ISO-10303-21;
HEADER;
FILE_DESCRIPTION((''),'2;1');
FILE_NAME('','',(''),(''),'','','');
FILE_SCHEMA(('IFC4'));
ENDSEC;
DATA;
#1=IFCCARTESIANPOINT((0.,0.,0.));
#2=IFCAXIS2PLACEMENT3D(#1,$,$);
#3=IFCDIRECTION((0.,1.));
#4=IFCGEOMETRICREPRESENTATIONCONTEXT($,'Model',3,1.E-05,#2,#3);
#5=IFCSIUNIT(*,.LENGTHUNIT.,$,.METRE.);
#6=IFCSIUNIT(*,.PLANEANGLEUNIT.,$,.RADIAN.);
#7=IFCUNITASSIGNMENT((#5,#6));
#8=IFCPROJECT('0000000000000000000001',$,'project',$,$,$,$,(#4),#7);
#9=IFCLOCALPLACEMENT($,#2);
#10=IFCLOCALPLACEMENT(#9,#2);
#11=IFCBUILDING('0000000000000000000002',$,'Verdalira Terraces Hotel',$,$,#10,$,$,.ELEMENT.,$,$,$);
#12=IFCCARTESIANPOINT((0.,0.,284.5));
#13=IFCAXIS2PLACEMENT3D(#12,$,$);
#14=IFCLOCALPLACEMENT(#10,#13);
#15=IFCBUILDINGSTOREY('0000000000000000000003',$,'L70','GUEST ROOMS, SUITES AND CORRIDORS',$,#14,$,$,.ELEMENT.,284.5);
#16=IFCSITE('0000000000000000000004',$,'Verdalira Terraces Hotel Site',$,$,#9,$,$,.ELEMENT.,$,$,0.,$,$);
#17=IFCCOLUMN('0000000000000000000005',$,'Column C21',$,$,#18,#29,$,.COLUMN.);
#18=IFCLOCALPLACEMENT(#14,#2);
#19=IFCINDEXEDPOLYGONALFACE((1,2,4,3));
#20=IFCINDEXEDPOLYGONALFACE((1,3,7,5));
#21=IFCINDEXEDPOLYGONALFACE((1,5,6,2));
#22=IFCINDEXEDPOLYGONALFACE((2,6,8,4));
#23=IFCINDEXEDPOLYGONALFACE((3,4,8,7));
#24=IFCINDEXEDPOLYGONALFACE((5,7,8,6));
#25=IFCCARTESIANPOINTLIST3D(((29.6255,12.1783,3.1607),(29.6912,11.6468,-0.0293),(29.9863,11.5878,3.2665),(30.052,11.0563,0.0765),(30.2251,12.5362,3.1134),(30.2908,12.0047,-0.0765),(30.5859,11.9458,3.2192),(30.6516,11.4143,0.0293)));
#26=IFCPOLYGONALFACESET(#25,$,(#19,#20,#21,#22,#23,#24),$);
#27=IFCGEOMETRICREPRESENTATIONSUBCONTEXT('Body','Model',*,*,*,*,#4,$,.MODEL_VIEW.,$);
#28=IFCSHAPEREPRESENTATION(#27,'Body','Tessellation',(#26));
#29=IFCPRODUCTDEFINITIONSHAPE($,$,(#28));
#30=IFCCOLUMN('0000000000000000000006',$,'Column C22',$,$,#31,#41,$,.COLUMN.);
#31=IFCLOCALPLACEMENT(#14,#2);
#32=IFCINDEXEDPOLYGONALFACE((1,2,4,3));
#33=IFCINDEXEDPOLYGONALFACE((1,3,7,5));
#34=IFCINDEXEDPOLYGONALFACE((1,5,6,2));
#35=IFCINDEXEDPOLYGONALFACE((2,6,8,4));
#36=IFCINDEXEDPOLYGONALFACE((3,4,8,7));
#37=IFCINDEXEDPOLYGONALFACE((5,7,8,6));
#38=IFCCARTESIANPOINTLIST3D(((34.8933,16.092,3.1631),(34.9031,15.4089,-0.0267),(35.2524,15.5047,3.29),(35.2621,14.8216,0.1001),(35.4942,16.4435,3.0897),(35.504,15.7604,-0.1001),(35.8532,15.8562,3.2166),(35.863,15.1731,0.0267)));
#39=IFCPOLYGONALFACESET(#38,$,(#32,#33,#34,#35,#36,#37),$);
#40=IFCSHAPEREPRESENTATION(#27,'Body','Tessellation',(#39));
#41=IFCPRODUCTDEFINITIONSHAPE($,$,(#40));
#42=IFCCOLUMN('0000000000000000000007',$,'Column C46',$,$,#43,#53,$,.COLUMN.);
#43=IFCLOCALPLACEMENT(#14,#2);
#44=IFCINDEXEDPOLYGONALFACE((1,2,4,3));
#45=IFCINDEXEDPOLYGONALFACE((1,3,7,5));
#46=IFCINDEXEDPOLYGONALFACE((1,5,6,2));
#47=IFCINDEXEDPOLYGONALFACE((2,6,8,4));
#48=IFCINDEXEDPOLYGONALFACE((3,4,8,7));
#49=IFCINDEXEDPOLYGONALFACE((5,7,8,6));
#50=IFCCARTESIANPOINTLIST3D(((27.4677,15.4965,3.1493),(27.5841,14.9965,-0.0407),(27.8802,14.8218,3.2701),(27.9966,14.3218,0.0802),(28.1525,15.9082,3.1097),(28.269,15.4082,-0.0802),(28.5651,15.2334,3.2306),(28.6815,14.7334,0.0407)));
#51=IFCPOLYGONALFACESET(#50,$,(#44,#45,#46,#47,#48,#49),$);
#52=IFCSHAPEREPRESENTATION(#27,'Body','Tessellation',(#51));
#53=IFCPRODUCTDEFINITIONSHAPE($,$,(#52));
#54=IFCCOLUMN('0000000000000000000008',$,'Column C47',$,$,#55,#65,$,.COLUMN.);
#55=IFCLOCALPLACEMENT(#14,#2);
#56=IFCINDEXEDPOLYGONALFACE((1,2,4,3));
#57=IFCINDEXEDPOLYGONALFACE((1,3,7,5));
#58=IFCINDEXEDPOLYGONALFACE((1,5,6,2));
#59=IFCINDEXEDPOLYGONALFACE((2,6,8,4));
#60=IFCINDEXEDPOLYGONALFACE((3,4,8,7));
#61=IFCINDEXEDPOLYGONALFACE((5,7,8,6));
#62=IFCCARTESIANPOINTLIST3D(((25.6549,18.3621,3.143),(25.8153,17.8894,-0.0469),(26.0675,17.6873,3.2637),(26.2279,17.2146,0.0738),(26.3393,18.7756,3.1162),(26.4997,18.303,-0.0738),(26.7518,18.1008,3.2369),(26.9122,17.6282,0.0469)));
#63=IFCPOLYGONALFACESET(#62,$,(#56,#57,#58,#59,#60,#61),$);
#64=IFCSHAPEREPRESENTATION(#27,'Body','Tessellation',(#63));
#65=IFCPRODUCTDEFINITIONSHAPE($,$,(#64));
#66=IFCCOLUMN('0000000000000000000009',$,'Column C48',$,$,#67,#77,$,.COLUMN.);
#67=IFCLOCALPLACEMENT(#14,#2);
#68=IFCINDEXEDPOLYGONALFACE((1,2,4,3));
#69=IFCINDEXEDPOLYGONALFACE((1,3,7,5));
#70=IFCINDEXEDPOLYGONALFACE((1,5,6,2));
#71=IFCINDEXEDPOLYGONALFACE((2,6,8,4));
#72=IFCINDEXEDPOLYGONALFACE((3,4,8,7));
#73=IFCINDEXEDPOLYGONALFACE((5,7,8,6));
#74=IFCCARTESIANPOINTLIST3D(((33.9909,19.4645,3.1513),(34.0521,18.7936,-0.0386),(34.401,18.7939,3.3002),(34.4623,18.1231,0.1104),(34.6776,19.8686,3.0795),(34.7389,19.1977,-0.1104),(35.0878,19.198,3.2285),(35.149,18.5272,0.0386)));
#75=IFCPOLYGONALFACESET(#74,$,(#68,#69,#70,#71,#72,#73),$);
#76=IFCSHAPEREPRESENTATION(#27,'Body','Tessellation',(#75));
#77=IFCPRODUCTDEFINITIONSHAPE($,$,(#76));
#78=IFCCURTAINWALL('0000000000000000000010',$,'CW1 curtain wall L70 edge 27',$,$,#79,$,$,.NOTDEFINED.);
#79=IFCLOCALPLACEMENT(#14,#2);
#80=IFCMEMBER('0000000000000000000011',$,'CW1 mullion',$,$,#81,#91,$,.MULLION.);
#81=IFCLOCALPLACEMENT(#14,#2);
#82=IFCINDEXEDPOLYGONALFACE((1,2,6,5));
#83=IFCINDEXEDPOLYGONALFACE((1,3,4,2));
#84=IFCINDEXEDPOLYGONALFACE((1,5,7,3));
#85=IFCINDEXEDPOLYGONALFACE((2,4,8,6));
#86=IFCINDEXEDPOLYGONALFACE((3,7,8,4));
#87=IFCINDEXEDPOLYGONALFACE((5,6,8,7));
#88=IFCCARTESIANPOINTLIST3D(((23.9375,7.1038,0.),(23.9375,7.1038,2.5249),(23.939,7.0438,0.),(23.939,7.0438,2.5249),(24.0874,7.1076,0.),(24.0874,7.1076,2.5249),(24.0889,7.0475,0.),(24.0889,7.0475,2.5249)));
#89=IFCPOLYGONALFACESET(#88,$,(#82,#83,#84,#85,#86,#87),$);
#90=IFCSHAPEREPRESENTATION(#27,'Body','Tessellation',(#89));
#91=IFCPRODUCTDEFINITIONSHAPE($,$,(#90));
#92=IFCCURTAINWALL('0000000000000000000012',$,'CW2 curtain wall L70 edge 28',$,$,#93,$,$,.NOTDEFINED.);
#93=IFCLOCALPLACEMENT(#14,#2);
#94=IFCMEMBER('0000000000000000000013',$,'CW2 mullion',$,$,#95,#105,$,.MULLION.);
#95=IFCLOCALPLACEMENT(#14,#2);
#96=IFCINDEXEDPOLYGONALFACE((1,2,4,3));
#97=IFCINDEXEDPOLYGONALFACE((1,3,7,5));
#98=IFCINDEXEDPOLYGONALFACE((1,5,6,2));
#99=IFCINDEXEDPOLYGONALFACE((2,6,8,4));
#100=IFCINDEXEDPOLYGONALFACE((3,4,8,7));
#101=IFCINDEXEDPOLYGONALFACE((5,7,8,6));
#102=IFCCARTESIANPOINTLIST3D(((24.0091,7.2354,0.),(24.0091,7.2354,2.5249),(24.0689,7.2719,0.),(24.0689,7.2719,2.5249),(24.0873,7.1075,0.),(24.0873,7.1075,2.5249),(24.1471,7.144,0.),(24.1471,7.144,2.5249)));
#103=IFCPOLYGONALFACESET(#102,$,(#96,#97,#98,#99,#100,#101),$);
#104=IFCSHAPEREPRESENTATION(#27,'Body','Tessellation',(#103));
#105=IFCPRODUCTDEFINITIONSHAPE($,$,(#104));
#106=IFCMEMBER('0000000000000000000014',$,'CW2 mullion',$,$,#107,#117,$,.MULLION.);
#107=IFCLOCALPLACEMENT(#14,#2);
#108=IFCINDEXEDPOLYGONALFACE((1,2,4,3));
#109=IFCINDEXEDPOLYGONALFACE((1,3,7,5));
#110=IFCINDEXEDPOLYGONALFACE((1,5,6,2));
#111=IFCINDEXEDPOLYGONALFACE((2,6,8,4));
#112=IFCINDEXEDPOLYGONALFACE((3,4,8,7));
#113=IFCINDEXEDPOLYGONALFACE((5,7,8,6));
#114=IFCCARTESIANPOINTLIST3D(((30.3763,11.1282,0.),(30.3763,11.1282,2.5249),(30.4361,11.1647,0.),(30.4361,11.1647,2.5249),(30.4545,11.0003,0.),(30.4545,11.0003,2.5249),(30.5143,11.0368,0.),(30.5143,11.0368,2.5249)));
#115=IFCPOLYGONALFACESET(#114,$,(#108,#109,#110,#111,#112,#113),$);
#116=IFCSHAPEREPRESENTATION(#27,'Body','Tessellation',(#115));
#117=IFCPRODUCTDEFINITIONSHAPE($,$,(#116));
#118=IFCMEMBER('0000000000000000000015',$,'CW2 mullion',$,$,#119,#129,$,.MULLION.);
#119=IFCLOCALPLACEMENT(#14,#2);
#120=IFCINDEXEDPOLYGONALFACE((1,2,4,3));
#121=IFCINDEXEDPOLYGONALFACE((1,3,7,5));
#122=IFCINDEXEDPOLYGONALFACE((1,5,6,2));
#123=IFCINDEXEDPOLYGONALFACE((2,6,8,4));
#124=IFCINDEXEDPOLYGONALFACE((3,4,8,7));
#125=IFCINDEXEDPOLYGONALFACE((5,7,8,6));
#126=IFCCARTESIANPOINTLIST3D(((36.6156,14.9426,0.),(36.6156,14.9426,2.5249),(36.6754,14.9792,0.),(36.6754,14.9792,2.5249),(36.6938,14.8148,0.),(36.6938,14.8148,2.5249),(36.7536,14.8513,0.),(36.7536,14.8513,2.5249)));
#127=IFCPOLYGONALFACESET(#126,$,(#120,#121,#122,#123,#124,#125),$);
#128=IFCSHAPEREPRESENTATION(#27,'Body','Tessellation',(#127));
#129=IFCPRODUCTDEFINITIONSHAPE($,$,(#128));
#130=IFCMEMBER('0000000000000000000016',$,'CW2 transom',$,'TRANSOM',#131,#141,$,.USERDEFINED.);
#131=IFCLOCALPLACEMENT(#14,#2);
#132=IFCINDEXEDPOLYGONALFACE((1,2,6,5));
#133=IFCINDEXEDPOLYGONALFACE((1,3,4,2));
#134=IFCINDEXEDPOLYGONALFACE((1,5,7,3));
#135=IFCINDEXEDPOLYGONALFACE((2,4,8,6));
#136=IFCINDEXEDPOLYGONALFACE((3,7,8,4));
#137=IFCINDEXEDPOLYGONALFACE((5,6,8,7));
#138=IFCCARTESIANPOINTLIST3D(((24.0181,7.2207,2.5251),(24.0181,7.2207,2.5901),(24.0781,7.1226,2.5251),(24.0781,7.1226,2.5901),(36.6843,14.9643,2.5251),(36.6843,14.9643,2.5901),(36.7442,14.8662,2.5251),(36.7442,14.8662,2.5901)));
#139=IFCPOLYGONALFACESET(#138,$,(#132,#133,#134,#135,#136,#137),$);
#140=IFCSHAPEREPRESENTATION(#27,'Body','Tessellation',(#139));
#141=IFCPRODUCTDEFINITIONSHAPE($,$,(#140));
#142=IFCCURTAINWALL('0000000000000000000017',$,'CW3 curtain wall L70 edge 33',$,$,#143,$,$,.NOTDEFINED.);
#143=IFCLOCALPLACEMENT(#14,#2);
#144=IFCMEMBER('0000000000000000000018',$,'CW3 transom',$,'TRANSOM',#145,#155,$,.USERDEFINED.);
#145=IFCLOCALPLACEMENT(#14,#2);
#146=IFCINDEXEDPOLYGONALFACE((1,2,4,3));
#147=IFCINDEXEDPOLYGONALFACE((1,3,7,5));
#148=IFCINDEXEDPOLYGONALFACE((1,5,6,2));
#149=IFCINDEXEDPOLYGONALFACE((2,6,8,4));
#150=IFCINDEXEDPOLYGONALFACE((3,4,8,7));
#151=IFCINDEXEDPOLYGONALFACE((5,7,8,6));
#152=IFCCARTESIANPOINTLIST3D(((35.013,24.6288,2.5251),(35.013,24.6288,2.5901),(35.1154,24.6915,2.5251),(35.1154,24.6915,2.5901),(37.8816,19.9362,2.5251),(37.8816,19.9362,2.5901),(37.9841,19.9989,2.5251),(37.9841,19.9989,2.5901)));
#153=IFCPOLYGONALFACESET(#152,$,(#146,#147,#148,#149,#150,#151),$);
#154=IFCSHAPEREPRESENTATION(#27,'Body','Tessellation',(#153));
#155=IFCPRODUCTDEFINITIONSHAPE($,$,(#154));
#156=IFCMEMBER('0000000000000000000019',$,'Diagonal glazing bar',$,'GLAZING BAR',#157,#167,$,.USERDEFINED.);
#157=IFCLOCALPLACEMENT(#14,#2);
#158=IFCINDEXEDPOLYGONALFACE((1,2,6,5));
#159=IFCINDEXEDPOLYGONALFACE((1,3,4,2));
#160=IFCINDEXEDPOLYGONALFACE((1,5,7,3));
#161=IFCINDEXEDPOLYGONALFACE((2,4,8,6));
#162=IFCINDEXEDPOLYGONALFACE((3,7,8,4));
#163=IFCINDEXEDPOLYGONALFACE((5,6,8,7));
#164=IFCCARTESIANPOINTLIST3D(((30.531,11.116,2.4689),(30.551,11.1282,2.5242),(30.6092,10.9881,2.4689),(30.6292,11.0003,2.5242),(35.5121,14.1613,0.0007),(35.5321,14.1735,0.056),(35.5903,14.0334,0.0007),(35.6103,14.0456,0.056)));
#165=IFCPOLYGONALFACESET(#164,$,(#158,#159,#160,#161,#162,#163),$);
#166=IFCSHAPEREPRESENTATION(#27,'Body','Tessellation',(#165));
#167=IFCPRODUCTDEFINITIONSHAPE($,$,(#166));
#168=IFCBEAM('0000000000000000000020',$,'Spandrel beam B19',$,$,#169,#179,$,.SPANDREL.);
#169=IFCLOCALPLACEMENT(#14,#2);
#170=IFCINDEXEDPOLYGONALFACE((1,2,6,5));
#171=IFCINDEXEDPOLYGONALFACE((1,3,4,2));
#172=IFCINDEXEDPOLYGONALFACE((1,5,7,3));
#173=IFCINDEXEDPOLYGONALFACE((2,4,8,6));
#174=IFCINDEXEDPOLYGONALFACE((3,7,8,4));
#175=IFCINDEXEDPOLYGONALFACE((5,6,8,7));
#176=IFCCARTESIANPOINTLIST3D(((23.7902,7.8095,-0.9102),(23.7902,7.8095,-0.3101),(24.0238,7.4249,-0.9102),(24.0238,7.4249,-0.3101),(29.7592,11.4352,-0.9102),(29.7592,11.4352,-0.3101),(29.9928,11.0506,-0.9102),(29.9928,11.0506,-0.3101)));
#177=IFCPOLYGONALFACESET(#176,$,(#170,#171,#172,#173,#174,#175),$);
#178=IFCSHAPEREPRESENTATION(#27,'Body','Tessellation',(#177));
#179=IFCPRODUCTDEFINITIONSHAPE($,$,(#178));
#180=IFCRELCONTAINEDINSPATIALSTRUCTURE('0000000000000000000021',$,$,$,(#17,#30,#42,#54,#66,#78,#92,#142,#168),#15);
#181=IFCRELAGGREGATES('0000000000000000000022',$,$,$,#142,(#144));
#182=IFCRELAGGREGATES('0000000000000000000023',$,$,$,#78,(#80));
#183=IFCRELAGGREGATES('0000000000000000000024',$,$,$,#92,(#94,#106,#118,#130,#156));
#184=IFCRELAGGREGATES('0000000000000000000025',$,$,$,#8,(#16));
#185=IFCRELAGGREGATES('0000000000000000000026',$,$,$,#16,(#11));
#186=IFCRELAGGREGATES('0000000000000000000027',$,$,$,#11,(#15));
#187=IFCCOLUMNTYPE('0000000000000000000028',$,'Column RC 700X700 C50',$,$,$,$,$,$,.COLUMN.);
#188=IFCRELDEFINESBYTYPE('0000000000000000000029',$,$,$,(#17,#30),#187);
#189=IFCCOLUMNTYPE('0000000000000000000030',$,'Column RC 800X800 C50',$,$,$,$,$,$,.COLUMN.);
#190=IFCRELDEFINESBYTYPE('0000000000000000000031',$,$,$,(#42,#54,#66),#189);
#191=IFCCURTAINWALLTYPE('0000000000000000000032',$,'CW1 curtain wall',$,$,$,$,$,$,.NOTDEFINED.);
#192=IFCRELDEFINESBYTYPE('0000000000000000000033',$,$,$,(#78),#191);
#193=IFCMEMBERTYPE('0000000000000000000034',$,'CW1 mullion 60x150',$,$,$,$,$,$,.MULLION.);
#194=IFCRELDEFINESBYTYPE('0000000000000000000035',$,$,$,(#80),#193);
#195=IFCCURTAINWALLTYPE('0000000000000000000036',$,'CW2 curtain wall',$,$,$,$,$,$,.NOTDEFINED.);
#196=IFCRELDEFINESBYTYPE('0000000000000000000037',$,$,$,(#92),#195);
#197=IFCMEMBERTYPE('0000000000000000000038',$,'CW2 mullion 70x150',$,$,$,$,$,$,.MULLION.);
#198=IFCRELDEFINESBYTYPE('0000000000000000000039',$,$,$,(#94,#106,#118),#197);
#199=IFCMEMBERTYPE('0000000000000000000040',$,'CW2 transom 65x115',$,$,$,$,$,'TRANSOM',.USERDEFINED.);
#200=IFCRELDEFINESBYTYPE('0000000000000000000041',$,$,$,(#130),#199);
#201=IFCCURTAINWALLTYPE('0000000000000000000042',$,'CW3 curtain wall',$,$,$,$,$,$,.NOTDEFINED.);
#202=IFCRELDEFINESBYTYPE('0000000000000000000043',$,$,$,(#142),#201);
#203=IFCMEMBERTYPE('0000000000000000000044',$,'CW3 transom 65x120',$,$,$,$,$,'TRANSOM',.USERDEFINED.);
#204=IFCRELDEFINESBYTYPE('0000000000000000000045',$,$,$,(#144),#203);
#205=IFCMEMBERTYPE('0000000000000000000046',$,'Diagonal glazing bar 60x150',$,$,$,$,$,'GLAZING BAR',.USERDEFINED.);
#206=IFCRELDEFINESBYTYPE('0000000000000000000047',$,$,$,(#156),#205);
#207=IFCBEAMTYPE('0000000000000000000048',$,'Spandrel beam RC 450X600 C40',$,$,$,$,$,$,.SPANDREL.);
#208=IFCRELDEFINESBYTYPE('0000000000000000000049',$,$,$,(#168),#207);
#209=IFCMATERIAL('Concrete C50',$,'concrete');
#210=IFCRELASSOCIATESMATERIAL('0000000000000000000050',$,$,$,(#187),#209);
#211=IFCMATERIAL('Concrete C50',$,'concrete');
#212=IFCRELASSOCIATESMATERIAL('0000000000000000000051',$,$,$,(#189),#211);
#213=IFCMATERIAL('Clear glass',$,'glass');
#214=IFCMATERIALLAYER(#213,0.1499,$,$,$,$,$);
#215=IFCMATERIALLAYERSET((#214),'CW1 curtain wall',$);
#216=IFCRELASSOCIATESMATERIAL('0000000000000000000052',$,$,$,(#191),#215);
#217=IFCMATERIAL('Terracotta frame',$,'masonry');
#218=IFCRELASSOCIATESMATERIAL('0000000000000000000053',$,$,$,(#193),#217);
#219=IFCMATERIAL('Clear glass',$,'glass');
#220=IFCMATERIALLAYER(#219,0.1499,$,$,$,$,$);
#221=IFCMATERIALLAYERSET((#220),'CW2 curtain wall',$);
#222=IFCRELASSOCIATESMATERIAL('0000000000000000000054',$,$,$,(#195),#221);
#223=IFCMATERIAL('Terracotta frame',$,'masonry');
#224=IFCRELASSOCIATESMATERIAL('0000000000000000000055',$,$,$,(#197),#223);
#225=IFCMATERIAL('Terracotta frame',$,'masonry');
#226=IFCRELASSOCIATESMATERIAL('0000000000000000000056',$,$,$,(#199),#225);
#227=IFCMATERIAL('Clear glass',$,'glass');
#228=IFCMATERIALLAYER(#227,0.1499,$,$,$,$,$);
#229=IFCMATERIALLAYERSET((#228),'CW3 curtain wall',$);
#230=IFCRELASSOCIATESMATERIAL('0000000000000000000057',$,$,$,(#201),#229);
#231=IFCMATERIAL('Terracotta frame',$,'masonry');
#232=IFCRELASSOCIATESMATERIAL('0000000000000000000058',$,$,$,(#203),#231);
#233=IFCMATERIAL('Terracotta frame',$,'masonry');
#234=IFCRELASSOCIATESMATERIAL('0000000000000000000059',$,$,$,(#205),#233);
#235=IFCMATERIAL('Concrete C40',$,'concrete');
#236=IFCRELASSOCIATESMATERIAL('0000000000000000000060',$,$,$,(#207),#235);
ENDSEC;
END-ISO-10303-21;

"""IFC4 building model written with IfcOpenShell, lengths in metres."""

from ifc_helpers import new_model, si_unit, direction, frame, origin, origin_2d, place, context, subcontext, project, spatial, rectangle, extrude, material, layer, layer_set, material_profile, profile_set, type_object, element, aggregate, save


model = new_model("IFC4")

# Units and contexts
model_context = context("Model", 3, precision=1e-05, world=origin(), true_north=direction((0.0, 1.0)))
body_context = subcontext(model_context, "Body", "Model", "MODEL_VIEW")
ifc_project = project(units=[si_unit("LENGTHUNIT", "METRE"), si_unit("PLANEANGLEUNIT", "RADIAN")], contexts=[model_context])

# Site, building, storey
site_placement = place(None, origin())
site = spatial("IfcSite", under=ifc_project, at=site_placement, Name="Verdalira Terraces Hotel Site", CompositionType="ELEMENT", RefElevation=0.0)
building_placement = place(site_placement, origin())
building = spatial("IfcBuilding", under=site, at=building_placement, Name="Verdalira Terraces Hotel", CompositionType="ELEMENT")
storey_placement = place(building_placement, frame((0.0, 0.0, 284.5)))
storey = spatial("IfcBuildingStorey", under=building, at=storey_placement, Name="L70", Description="GUEST ROOMS, SUITES AND CORRIDORS", CompositionType="ELEMENT", Elevation=284.5)

# Columns
ifc_material_1 = material(Name="Concrete C50", Category="concrete")
ifc_material_profile_1 = material_profile(ifc_material_1, rectangle(XDim=0.7, YDim=0.7, at=origin_2d()), Name="RC 700X700")
ifc_profile_set_1 = profile_set([ifc_material_profile_1], Name="Concrete C50")
column_type_1 = type_object("IfcColumnType", Name="Column RC 700X700 C50", PredefinedType="COLUMN", material=ifc_profile_set_1)
column_1_placement = place(storey_placement, frame((30.1714, 11.5305, 0.0), z_axis=(-0.020304, 0.164316, 0.986199), x_axis=(0.856693, 0.511382, -0.067567)))
element("IfcColumn", 1, at=column_1_placement, inside=storey, type_object=column_type_1, Name="Column C21", PredefinedType="COLUMN", context=body_context, shape_type="SweptSolid", body=[
    extrude(rectangle(XDim=0.7, YDim=0.7, at=origin_2d()), origin(), (0.0, 0.0, 1.0), 3.2346),
])
column_2_placement = place(storey_placement, frame((35.3831, 15.291, 0.0), z_axis=(-0.002993, 0.209395, 0.977826), x_axis=(0.858418, 0.502111, -0.104896)))
element("IfcColumn", 2, at=column_2_placement, inside=storey, type_object=column_type_1, Name="Column C22", PredefinedType="COLUMN", context=body_context, shape_type="SweptSolid", body=[
    extrude(rectangle(XDim=0.7, YDim=0.7, at=origin_2d()), origin(), (0.0, 0.0, 1.0), 3.2622),
])
ifc_material_2 = material(Name="Concrete C50", Category="concrete")
ifc_material_profile_2 = material_profile(ifc_material_2, rectangle(XDim=0.8, YDim=0.8, at=origin_2d()), Name="RC 800X800")
ifc_profile_set_2 = profile_set([ifc_material_profile_2], Name="Concrete C50")
column_type_2 = type_object("IfcColumnType", Name="Column RC 800X800 C50", PredefinedType="COLUMN", material=ifc_profile_set_2)
column_3_placement = place(storey_placement, frame((28.1328, 14.865, 0.0), z_axis=(-0.036043, 0.154751, 0.987296), x_axis=(0.856048, 0.51453, -0.049397)))
element("IfcColumn", 3, at=column_3_placement, inside=storey, type_object=column_type_2, Name="Column C46", PredefinedType="COLUMN", context=body_context, shape_type="SweptSolid", body=[
    extrude(rectangle(XDim=0.8, YDim=0.8, at=origin_2d()), origin(), (0.0, 0.0, 1.0), 3.231),
])
column_4_placement = place(storey_placement, frame((26.3638, 17.7588, 0.0), z_axis=(-0.049679, 0.14639, 0.987979), x_axis=(0.855377, 0.516917, -0.033581)))
element("IfcColumn", 4, at=column_4_placement, inside=storey, type_object=column_type_2, Name="Column C47", PredefinedType="COLUMN", context=body_context, shape_type="SweptSolid", body=[
    extrude(rectangle(XDim=0.8, YDim=0.8, at=origin_2d()), origin(), (0.0, 0.0, 1.0), 3.2288),
])
column_5_placement = place(storey_placement, frame((34.6006, 18.6604, 0.0), z_axis=(-0.018796, 0.205778, 0.978418), x_axis=(0.858388, 0.50509, -0.089739)))
element("IfcColumn", 5, at=column_5_placement, inside=storey, type_object=column_type_2, Name="Column C48", PredefinedType="COLUMN", context=body_context, shape_type="SweptSolid", body=[
    extrude(rectangle(XDim=0.8, YDim=0.8, at=origin_2d()), origin(), (0.0, 0.0, 1.0), 3.2603),
])

# Curtain wall, member
ifc_material_3 = material(Name="Clear glass", Category="glass")
ifc_layer_1 = layer(ifc_material_3, 0.1499)
ifc_layer_set_1 = layer_set([ifc_layer_1], Name="CW1 curtain wall")
curtain_wall_type_1 = type_object("IfcCurtainWallType", Name="CW1 curtain wall", PredefinedType="NOTDEFINED", material=ifc_layer_set_1)
curtain_wall_1_placement = place(storey_placement, origin())
curtain_wall_1 = element("IfcCurtainWall", 6, at=curtain_wall_1_placement, inside=storey, type_object=curtain_wall_type_1, Name="CW1 curtain wall L70 edge 27", PredefinedType="NOTDEFINED")
ifc_material_4 = material(Name="Terracotta frame", Category="masonry")
ifc_material_profile_3 = material_profile(ifc_material_4, rectangle(XDim=0.0601, YDim=0.1499, at=origin_2d()), Name="MU 60x150")
ifc_profile_set_3 = profile_set([ifc_material_profile_3], Name="Terracotta frame")
member_type_1 = type_object("IfcMemberType", Name="CW1 mullion 60x150", PredefinedType="MULLION", material=ifc_profile_set_3)
member_1_placement = place(storey_placement, frame((24.0132, 7.0757, 0.0), z_axis=(0.0, 0.0, 1.0), x_axis=(-0.02513, 0.999684, 0.0)))
member_1 = element("IfcMember", 7, at=member_1_placement, type_object=member_type_1, Name="CW1 mullion", PredefinedType="MULLION", context=body_context, shape_type="SweptSolid", body=[
    extrude(rectangle(XDim=0.0601, YDim=0.1499, at=origin_2d()), origin(), (0.0, 0.0, 1.0), 2.5249),
])

# Curtain wall, members
ifc_material_5 = material(Name="Clear glass", Category="glass")
ifc_layer_2 = layer(ifc_material_5, 0.1499)
ifc_layer_set_2 = layer_set([ifc_layer_2], Name="CW2 curtain wall")
curtain_wall_type_2 = type_object("IfcCurtainWallType", Name="CW2 curtain wall", PredefinedType="NOTDEFINED", material=ifc_layer_set_2)
curtain_wall_2_placement = place(storey_placement, origin())
curtain_wall_2 = element("IfcCurtainWall", 8, at=curtain_wall_2_placement, inside=storey, type_object=curtain_wall_type_2, Name="CW2 curtain wall L70 edge 28", PredefinedType="NOTDEFINED")
ifc_material_6 = material(Name="Terracotta frame", Category="masonry")
ifc_material_profile_4 = material_profile(ifc_material_6, rectangle(XDim=0.0701, YDim=0.1499, at=origin_2d()), Name="MU 70x150")
ifc_profile_set_4 = profile_set([ifc_material_profile_4], Name="Terracotta frame")
member_type_2 = type_object("IfcMemberType", Name="CW2 mullion 70x150", PredefinedType="MULLION", material=ifc_profile_set_4)
member_2_placement = place(storey_placement, frame((24.0781, 7.1897, 0.0), z_axis=(0.0, 0.0, 1.0), x_axis=(0.853187, 0.521605, 0.0)))
member_2 = element("IfcMember", 9, at=member_2_placement, type_object=member_type_2, Name="CW2 mullion", PredefinedType="MULLION", context=body_context, shape_type="SweptSolid", body=[
    extrude(rectangle(XDim=0.0701, YDim=0.1499, at=origin_2d()), origin(), (0.0, 0.0, 1.0), 2.5249),
])
member_3_placement = place(storey_placement, frame((30.4453, 11.0825, 0.0), z_axis=(0.0, 0.0, 1.0), x_axis=(0.853187, 0.521605, 0.0)))
member_3 = element("IfcMember", 10, at=member_3_placement, type_object=member_type_2, Name="CW2 mullion", PredefinedType="MULLION", context=body_context, shape_type="SweptSolid", body=[
    extrude(rectangle(XDim=0.0701, YDim=0.1499, at=origin_2d()), origin(), (0.0, 0.0, 1.0), 2.5249),
])
member_4_placement = place(storey_placement, frame((36.6846, 14.897, 0.0), z_axis=(0.0, 0.0, 1.0), x_axis=(0.853187, 0.521605, 0.0)))
member_4 = element("IfcMember", 11, at=member_4_placement, type_object=member_type_2, Name="CW2 mullion", PredefinedType="MULLION", context=body_context, shape_type="SweptSolid", body=[
    extrude(rectangle(XDim=0.0701, YDim=0.1499, at=origin_2d()), origin(), (0.0, 0.0, 1.0), 2.5249),
])
ifc_material_7 = material(Name="Terracotta frame", Category="masonry")
ifc_material_profile_5 = material_profile(ifc_material_7, rectangle(XDim=0.115, YDim=0.0649, at=origin_2d()), Name="TR 65x115")
ifc_profile_set_5 = profile_set([ifc_material_profile_5], Name="Terracotta frame")
member_type_3 = type_object("IfcMemberType", Name="CW2 transom 65x115", ElementType="TRANSOM", PredefinedType="USERDEFINED", material=ifc_profile_set_5)
member_5_placement = place(storey_placement, frame((24.0481, 7.1716, 2.5576), z_axis=(0.853187, 0.521605, 0.0), x_axis=(-0.521605, 0.853187, 0.0)))
member_5 = element("IfcMember", 12, at=member_5_placement, type_object=member_type_3, Name="CW2 transom", ObjectType="TRANSOM", PredefinedType="USERDEFINED", context=body_context, shape_type="SweptSolid", body=[
    extrude(rectangle(XDim=0.115, YDim=0.0649, at=origin_2d()), origin(), (0.0, 0.0, 1.0), 14.8457),
])

# Curtain wall, member
ifc_material_8 = material(Name="Clear glass", Category="glass")
ifc_layer_3 = layer(ifc_material_8, 0.1499)
ifc_layer_set_3 = layer_set([ifc_layer_3], Name="CW3 curtain wall")
curtain_wall_type_3 = type_object("IfcCurtainWallType", Name="CW3 curtain wall", PredefinedType="NOTDEFINED", material=ifc_layer_set_3)
curtain_wall_3_placement = place(storey_placement, origin())
curtain_wall_3 = element("IfcCurtainWall", 13, at=curtain_wall_3_placement, inside=storey, type_object=curtain_wall_type_3, Name="CW3 curtain wall L70 edge 33", PredefinedType="NOTDEFINED")
ifc_material_9 = material(Name="Terracotta frame", Category="masonry")
ifc_material_profile_6 = material_profile(ifc_material_9, rectangle(XDim=0.1201, YDim=0.0649, at=origin_2d()), Name="TR 65x120")
ifc_profile_set_6 = profile_set([ifc_material_profile_6], Name="Terracotta frame")
member_type_4 = type_object("IfcMemberType", Name="CW3 transom 65x120", ElementType="TRANSOM", PredefinedType="USERDEFINED", material=ifc_profile_set_6)
member_6_placement = place(storey_placement, frame((37.9329, 19.9675, 2.5576), z_axis=(-0.521574, 0.853206, 0.0), x_axis=(-0.853206, -0.521574, 0.0)))
member_6 = element("IfcMember", 14, at=member_6_placement, type_object=member_type_4, Name="CW3 transom", ObjectType="TRANSOM", PredefinedType="USERDEFINED", context=body_context, shape_type="SweptSolid", body=[
    extrude(rectangle(XDim=0.1201, YDim=0.0649, at=origin_2d()), origin(), (0.0, 0.0, 1.0), 5.5),
])
aggregate(curtain_wall_3, [member_6])

# Member
ifc_material_10 = material(Name="Terracotta frame", Category="masonry")
ifc_material_profile_7 = material_profile(ifc_material_10, rectangle(XDim=0.1499, YDim=0.0601, at=origin_2d()), Name="GB 60x150")
ifc_profile_set_7 = profile_set([ifc_material_profile_7], Name="Terracotta frame")
member_type_5 = type_object("IfcMemberType", Name="Diagonal glazing bar 60x150", ElementType="GLAZING BAR", PredefinedType="USERDEFINED", material=ifc_profile_set_7)
member_7_placement = place(storey_placement, frame((30.5801, 11.0581, 2.4966), z_axis=(0.785839, 0.480447, -0.389395), x_axis=(-0.521617, 0.853179, 0.0)))
member_7 = element("IfcMember", 15, at=member_7_placement, type_object=member_type_5, Name="Diagonal glazing bar", ObjectType="GLAZING BAR", PredefinedType="USERDEFINED", context=body_context, shape_type="SweptSolid", body=[
    extrude(rectangle(XDim=0.1499, YDim=0.0601, at=origin_2d()), origin(), (0.0, 0.0, 1.0), 6.3386),
])

# Beam
ifc_material_11 = material(Name="Concrete C40", Category="concrete")
ifc_material_profile_8 = material_profile(ifc_material_11, rectangle(XDim=0.45, YDim=0.6001, at=origin_2d()), Name="RC 450X600")
ifc_profile_set_8 = profile_set([ifc_material_profile_8], Name="Concrete C40")
beam_type = type_object("IfcBeamType", Name="Spandrel beam RC 450X600 C40", PredefinedType="SPANDREL", material=ifc_profile_set_8)
beam_1_placement = place(storey_placement, frame((23.907, 7.6172, -0.6101), z_axis=(0.854679, 0.519156, 0.0), x_axis=(-0.519156, 0.854679, 0.0)))
element("IfcBeam", 16, at=beam_1_placement, inside=storey, type_object=beam_type, Name="Spandrel beam B19", PredefinedType="SPANDREL", context=body_context, shape_type="SweptSolid", body=[
    extrude(rectangle(XDim=0.45, YDim=0.6001, at=origin_2d()), origin(), (0.0, 0.0, 1.0), 6.9839),
])

aggregate(curtain_wall_1, [member_1])
aggregate(curtain_wall_2, [member_2, member_3, member_4, member_5, member_7])

save(model, "model.ifc")
